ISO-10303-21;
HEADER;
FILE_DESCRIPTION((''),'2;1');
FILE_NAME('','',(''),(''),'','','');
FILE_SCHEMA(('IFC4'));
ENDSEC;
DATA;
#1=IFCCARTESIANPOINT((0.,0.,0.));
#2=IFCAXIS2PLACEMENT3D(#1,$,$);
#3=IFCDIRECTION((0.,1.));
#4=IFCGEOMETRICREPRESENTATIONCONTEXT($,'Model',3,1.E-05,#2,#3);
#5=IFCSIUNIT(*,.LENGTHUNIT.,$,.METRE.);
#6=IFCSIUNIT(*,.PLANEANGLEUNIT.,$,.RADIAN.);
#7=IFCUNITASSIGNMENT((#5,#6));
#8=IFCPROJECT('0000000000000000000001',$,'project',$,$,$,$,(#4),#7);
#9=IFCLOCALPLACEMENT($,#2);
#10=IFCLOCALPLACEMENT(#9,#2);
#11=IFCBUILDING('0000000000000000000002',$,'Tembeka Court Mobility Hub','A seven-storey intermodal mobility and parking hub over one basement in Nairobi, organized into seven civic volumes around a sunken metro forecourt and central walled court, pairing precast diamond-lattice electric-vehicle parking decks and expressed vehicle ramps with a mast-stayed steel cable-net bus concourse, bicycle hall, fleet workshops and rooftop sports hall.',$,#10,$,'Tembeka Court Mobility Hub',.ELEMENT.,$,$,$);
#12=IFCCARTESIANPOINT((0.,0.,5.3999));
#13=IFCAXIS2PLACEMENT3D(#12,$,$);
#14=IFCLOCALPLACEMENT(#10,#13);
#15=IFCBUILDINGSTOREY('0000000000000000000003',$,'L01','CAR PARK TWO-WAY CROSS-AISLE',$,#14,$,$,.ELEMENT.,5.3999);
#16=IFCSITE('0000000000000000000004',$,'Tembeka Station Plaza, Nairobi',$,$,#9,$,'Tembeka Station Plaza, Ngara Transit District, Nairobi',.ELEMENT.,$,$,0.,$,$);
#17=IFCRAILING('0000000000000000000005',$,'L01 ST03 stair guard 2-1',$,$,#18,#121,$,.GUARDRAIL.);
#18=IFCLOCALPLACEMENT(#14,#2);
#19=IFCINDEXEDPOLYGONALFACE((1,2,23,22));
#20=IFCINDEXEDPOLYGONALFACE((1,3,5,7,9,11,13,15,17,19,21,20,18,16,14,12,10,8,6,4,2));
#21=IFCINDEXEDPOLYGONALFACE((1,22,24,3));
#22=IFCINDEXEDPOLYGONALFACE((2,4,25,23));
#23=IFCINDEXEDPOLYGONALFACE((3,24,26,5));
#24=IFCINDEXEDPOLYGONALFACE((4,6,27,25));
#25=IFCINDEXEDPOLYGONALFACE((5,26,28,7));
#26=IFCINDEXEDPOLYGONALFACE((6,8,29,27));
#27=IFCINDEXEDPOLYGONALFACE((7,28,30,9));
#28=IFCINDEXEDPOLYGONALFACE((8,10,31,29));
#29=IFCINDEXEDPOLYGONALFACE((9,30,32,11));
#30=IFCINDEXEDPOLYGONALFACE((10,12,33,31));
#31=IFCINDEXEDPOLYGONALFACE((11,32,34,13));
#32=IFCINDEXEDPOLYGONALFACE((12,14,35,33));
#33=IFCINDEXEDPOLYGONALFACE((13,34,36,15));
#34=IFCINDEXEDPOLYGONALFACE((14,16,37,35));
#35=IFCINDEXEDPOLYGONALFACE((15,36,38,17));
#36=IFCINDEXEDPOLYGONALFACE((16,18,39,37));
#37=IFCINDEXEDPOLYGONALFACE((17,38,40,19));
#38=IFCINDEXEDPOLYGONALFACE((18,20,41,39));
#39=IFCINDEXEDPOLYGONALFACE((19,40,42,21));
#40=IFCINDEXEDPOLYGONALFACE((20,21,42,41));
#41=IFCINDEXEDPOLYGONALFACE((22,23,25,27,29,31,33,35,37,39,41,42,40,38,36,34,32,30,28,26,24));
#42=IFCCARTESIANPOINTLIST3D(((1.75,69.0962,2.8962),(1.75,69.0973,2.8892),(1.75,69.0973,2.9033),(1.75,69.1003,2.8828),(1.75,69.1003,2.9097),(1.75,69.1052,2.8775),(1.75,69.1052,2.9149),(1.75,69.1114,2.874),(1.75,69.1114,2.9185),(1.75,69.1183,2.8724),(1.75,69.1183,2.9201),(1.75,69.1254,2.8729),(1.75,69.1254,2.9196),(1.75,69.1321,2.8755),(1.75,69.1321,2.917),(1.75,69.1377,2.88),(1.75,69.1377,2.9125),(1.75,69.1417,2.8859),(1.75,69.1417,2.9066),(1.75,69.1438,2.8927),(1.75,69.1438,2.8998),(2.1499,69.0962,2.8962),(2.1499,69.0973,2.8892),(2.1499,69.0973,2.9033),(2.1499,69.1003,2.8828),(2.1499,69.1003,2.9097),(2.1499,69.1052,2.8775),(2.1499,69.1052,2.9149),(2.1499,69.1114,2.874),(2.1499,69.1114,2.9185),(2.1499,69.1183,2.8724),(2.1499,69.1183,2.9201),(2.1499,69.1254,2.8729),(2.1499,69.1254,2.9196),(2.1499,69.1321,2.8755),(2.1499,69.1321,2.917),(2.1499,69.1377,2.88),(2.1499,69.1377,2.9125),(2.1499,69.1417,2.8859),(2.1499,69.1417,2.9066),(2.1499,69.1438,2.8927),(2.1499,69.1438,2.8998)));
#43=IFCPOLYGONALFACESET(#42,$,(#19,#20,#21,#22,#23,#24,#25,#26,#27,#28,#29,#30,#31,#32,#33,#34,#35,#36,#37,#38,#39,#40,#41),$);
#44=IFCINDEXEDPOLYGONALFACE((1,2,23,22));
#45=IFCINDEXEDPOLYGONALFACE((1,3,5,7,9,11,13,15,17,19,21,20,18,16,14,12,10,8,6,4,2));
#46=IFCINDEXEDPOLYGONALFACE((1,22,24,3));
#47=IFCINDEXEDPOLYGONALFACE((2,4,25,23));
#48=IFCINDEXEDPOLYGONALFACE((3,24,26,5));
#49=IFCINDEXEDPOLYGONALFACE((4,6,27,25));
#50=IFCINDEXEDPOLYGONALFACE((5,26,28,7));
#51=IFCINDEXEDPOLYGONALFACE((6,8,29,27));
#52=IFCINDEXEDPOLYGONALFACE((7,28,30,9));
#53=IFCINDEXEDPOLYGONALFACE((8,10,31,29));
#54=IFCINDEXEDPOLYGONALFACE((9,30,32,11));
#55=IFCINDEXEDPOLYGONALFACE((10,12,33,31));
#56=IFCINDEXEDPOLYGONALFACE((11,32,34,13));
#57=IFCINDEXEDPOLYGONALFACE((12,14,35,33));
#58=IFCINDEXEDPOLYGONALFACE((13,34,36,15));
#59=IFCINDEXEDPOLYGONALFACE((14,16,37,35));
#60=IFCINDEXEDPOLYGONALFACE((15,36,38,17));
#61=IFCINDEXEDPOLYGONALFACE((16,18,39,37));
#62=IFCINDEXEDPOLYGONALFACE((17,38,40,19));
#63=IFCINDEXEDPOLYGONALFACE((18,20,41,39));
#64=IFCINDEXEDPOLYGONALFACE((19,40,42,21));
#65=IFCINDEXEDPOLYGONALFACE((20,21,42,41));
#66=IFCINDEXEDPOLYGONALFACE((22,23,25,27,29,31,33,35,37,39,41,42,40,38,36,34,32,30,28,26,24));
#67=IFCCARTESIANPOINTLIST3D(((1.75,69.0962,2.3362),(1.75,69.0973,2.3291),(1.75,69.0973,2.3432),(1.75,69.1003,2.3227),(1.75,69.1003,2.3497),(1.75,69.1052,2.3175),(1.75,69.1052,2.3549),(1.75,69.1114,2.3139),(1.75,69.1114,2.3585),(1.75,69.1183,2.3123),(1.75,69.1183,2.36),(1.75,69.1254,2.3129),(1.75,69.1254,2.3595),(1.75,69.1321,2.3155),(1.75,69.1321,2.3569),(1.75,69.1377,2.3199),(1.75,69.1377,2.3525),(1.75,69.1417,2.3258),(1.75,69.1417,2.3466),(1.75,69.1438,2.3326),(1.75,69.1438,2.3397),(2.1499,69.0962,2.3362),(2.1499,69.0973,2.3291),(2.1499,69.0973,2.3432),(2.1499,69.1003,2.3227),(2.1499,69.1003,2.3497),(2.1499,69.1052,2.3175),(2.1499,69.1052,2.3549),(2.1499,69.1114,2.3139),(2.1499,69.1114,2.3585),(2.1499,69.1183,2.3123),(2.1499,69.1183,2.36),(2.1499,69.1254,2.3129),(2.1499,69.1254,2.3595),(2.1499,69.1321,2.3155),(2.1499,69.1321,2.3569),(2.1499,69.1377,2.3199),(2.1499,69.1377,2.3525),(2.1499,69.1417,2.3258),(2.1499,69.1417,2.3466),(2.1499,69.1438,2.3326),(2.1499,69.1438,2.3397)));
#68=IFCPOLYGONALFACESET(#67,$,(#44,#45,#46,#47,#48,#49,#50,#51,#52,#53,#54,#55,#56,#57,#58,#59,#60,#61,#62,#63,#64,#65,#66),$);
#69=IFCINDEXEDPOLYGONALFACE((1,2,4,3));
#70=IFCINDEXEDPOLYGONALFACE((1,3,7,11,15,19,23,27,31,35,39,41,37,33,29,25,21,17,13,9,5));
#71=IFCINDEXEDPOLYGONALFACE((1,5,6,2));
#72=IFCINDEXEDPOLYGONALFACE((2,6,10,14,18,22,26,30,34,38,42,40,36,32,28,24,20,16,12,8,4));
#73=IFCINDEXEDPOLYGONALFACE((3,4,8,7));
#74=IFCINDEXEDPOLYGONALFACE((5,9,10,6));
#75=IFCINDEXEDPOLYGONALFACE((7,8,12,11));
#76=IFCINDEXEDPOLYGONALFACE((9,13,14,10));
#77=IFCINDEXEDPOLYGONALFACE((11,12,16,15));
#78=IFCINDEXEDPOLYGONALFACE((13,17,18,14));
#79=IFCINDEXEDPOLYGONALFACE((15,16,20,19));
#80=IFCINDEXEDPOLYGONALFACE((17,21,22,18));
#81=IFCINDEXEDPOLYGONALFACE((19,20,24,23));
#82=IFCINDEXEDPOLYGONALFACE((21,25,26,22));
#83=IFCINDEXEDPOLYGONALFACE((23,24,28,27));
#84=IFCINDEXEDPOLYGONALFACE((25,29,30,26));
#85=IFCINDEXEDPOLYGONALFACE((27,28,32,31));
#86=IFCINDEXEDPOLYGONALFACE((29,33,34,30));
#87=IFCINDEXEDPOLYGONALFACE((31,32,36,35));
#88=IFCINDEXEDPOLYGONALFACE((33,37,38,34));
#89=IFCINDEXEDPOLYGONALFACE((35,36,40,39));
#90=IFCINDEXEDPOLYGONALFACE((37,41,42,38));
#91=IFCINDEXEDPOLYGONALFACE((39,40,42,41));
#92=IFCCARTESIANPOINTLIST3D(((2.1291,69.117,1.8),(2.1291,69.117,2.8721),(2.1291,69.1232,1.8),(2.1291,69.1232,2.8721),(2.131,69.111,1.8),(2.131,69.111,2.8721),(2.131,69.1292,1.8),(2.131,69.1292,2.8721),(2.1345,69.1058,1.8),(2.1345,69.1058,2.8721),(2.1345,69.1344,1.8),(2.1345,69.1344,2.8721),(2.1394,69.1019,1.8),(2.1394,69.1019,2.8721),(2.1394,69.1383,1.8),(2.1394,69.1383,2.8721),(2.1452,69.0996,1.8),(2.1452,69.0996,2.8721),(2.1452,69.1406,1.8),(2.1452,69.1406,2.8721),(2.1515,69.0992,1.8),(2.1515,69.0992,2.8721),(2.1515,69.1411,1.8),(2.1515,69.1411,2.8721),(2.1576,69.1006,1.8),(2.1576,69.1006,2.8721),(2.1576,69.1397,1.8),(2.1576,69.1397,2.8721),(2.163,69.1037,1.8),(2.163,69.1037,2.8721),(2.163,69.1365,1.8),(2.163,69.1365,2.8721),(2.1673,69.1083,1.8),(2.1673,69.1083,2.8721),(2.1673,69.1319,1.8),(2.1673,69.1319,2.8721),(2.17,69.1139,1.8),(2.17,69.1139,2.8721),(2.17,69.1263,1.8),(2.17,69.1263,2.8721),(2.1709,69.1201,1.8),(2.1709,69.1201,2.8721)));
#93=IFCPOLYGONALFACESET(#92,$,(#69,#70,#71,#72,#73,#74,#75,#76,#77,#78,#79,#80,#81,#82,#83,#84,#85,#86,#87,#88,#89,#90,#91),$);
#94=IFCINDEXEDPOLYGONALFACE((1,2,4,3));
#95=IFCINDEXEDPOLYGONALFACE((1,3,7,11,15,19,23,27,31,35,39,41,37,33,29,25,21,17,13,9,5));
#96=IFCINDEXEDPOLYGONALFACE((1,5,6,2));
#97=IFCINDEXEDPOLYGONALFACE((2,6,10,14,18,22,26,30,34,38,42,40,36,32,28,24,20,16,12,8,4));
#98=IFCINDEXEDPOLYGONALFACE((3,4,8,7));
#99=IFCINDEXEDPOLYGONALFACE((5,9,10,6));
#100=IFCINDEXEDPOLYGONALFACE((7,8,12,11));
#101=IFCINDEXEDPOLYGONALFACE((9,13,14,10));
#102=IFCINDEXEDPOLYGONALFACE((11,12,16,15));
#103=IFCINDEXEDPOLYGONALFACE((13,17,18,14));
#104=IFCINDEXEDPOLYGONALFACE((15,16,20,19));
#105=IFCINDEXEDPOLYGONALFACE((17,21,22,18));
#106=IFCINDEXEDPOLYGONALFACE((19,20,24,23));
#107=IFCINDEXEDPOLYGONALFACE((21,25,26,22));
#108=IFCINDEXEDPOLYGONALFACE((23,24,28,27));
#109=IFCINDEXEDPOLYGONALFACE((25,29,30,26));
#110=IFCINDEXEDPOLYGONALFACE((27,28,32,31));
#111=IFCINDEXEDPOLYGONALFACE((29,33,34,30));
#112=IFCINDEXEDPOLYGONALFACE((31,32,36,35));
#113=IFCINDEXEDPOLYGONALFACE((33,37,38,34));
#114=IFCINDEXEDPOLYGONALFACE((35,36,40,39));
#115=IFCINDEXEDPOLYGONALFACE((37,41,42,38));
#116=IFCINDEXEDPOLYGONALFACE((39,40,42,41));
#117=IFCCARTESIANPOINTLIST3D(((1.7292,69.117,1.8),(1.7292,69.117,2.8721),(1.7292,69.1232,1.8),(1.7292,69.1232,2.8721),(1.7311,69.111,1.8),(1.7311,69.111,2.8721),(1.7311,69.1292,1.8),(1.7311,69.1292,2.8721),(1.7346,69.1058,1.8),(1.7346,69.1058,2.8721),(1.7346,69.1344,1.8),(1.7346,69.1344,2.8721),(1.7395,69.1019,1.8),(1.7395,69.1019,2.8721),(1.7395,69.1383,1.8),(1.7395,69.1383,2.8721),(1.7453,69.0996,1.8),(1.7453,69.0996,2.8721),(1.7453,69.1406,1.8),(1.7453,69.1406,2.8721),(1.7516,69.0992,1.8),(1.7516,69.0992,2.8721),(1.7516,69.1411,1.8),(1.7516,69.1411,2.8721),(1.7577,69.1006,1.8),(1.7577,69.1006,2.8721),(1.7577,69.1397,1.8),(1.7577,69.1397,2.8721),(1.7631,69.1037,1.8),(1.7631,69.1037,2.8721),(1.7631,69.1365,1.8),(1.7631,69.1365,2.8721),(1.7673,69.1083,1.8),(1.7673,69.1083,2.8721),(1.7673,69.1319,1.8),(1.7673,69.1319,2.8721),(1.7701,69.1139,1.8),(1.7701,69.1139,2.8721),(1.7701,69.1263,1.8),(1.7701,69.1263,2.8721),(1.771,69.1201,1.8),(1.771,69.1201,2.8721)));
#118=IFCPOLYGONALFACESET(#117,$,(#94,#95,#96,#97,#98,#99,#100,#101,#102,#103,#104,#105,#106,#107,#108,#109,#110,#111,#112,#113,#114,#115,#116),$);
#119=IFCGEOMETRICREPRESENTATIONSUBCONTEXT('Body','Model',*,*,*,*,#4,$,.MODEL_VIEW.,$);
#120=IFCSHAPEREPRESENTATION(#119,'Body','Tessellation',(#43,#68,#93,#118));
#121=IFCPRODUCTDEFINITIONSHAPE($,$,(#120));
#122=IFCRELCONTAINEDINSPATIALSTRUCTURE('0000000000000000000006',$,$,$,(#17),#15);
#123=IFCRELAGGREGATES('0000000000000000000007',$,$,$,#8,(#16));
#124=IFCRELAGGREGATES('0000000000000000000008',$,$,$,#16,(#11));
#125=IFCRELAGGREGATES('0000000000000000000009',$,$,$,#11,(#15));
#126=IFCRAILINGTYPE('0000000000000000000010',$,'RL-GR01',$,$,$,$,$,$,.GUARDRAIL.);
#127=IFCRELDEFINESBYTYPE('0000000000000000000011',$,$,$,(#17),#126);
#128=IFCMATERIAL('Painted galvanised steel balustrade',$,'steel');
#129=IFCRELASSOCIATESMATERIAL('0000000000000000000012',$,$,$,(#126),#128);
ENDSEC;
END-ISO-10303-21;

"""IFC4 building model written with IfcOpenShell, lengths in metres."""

from ifc_helpers import new_model, si_unit, direction, frame, origin, origin_2d, place, context, subcontext, project, spatial, circle, extrude, material, type_object, element, save


model = new_model("IFC4")

# Units and contexts
model_context = context("Model", 3, precision=1e-05, world=origin(), true_north=direction((0.0, 1.0)))
body_context = subcontext(model_context, "Body", "Model", "MODEL_VIEW")
ifc_project = project(units=[si_unit("LENGTHUNIT", "METRE"), si_unit("PLANEANGLEUNIT", "RADIAN")], contexts=[model_context])

# Site, building, storey
site_placement = place(None, origin())
site = spatial("IfcSite", under=ifc_project, at=site_placement, Name="Tembeka Station Plaza, Nairobi", LongName="Tembeka Station Plaza, Ngara Transit District, Nairobi", CompositionType="ELEMENT", RefElevation=0.0)
building_placement = place(site_placement, origin())
building = spatial("IfcBuilding", under=site, at=building_placement, Name="Tembeka Court Mobility Hub", Description="A seven-storey intermodal mobility and parking hub over one basement in Nairobi, organized into seven civic volumes around a sunken metro forecourt and central walled court, pairing precast diamond-lattice electric-vehicle parking decks and expressed vehicle ramps with a mast-stayed steel cable-net bus concourse, bicycle hall, fleet workshops and rooftop sports hall.", LongName="Tembeka Court Mobility Hub", CompositionType="ELEMENT")
storey_placement = place(building_placement, frame((0.0, 0.0, 5.3999)))
storey = spatial("IfcBuildingStorey", under=building, at=storey_placement, Name="L01", Description="CAR PARK TWO-WAY CROSS-AISLE", CompositionType="ELEMENT", Elevation=5.3999)

# Railing
ifc_material_1 = material(Name="Painted galvanised steel balustrade", Category="steel")
railing_type_1 = type_object("IfcRailingType", Name="RL-GR01", PredefinedType="GUARDRAIL", material=ifc_material_1)
railing_1_placement = place(storey_placement, frame((2.1499, 69.1201, 1.8)))
element("IfcRailing", 1, at=railing_1_placement, inside=storey, type_object=railing_type_1, Name="L01 ST03 stair guard 2-1", PredefinedType="GUARDRAIL", context=body_context, shape_type="SweptSolid", body=[
    extrude(circle(Radius=0.0239, at=origin_2d()), frame((0.0, 0.0, 1.0962), z_axis=(-1.0, 0.0, 0.0), x_axis=(0.0, -1.0, 0.0)), (0.0, 0.0, 1.0), 0.3999),
    extrude(circle(Radius=0.0239, at=origin_2d()), frame((0.0, 0.0, 0.5361), z_axis=(-1.0, 0.0, 0.0), x_axis=(0.0, -1.0, 0.0)), (0.0, 0.0, 1.0), 0.3999),
    extrude(circle(Radius=0.021, at=origin_2d()), origin(), (0.0, 0.0, 1.0), 1.072),
    extrude(circle(Radius=0.021, at=origin_2d()), frame((-0.3999, 0.0, 0.0)), (0.0, 0.0, 1.0), 1.072),
])

save(model, "model.ifc")
